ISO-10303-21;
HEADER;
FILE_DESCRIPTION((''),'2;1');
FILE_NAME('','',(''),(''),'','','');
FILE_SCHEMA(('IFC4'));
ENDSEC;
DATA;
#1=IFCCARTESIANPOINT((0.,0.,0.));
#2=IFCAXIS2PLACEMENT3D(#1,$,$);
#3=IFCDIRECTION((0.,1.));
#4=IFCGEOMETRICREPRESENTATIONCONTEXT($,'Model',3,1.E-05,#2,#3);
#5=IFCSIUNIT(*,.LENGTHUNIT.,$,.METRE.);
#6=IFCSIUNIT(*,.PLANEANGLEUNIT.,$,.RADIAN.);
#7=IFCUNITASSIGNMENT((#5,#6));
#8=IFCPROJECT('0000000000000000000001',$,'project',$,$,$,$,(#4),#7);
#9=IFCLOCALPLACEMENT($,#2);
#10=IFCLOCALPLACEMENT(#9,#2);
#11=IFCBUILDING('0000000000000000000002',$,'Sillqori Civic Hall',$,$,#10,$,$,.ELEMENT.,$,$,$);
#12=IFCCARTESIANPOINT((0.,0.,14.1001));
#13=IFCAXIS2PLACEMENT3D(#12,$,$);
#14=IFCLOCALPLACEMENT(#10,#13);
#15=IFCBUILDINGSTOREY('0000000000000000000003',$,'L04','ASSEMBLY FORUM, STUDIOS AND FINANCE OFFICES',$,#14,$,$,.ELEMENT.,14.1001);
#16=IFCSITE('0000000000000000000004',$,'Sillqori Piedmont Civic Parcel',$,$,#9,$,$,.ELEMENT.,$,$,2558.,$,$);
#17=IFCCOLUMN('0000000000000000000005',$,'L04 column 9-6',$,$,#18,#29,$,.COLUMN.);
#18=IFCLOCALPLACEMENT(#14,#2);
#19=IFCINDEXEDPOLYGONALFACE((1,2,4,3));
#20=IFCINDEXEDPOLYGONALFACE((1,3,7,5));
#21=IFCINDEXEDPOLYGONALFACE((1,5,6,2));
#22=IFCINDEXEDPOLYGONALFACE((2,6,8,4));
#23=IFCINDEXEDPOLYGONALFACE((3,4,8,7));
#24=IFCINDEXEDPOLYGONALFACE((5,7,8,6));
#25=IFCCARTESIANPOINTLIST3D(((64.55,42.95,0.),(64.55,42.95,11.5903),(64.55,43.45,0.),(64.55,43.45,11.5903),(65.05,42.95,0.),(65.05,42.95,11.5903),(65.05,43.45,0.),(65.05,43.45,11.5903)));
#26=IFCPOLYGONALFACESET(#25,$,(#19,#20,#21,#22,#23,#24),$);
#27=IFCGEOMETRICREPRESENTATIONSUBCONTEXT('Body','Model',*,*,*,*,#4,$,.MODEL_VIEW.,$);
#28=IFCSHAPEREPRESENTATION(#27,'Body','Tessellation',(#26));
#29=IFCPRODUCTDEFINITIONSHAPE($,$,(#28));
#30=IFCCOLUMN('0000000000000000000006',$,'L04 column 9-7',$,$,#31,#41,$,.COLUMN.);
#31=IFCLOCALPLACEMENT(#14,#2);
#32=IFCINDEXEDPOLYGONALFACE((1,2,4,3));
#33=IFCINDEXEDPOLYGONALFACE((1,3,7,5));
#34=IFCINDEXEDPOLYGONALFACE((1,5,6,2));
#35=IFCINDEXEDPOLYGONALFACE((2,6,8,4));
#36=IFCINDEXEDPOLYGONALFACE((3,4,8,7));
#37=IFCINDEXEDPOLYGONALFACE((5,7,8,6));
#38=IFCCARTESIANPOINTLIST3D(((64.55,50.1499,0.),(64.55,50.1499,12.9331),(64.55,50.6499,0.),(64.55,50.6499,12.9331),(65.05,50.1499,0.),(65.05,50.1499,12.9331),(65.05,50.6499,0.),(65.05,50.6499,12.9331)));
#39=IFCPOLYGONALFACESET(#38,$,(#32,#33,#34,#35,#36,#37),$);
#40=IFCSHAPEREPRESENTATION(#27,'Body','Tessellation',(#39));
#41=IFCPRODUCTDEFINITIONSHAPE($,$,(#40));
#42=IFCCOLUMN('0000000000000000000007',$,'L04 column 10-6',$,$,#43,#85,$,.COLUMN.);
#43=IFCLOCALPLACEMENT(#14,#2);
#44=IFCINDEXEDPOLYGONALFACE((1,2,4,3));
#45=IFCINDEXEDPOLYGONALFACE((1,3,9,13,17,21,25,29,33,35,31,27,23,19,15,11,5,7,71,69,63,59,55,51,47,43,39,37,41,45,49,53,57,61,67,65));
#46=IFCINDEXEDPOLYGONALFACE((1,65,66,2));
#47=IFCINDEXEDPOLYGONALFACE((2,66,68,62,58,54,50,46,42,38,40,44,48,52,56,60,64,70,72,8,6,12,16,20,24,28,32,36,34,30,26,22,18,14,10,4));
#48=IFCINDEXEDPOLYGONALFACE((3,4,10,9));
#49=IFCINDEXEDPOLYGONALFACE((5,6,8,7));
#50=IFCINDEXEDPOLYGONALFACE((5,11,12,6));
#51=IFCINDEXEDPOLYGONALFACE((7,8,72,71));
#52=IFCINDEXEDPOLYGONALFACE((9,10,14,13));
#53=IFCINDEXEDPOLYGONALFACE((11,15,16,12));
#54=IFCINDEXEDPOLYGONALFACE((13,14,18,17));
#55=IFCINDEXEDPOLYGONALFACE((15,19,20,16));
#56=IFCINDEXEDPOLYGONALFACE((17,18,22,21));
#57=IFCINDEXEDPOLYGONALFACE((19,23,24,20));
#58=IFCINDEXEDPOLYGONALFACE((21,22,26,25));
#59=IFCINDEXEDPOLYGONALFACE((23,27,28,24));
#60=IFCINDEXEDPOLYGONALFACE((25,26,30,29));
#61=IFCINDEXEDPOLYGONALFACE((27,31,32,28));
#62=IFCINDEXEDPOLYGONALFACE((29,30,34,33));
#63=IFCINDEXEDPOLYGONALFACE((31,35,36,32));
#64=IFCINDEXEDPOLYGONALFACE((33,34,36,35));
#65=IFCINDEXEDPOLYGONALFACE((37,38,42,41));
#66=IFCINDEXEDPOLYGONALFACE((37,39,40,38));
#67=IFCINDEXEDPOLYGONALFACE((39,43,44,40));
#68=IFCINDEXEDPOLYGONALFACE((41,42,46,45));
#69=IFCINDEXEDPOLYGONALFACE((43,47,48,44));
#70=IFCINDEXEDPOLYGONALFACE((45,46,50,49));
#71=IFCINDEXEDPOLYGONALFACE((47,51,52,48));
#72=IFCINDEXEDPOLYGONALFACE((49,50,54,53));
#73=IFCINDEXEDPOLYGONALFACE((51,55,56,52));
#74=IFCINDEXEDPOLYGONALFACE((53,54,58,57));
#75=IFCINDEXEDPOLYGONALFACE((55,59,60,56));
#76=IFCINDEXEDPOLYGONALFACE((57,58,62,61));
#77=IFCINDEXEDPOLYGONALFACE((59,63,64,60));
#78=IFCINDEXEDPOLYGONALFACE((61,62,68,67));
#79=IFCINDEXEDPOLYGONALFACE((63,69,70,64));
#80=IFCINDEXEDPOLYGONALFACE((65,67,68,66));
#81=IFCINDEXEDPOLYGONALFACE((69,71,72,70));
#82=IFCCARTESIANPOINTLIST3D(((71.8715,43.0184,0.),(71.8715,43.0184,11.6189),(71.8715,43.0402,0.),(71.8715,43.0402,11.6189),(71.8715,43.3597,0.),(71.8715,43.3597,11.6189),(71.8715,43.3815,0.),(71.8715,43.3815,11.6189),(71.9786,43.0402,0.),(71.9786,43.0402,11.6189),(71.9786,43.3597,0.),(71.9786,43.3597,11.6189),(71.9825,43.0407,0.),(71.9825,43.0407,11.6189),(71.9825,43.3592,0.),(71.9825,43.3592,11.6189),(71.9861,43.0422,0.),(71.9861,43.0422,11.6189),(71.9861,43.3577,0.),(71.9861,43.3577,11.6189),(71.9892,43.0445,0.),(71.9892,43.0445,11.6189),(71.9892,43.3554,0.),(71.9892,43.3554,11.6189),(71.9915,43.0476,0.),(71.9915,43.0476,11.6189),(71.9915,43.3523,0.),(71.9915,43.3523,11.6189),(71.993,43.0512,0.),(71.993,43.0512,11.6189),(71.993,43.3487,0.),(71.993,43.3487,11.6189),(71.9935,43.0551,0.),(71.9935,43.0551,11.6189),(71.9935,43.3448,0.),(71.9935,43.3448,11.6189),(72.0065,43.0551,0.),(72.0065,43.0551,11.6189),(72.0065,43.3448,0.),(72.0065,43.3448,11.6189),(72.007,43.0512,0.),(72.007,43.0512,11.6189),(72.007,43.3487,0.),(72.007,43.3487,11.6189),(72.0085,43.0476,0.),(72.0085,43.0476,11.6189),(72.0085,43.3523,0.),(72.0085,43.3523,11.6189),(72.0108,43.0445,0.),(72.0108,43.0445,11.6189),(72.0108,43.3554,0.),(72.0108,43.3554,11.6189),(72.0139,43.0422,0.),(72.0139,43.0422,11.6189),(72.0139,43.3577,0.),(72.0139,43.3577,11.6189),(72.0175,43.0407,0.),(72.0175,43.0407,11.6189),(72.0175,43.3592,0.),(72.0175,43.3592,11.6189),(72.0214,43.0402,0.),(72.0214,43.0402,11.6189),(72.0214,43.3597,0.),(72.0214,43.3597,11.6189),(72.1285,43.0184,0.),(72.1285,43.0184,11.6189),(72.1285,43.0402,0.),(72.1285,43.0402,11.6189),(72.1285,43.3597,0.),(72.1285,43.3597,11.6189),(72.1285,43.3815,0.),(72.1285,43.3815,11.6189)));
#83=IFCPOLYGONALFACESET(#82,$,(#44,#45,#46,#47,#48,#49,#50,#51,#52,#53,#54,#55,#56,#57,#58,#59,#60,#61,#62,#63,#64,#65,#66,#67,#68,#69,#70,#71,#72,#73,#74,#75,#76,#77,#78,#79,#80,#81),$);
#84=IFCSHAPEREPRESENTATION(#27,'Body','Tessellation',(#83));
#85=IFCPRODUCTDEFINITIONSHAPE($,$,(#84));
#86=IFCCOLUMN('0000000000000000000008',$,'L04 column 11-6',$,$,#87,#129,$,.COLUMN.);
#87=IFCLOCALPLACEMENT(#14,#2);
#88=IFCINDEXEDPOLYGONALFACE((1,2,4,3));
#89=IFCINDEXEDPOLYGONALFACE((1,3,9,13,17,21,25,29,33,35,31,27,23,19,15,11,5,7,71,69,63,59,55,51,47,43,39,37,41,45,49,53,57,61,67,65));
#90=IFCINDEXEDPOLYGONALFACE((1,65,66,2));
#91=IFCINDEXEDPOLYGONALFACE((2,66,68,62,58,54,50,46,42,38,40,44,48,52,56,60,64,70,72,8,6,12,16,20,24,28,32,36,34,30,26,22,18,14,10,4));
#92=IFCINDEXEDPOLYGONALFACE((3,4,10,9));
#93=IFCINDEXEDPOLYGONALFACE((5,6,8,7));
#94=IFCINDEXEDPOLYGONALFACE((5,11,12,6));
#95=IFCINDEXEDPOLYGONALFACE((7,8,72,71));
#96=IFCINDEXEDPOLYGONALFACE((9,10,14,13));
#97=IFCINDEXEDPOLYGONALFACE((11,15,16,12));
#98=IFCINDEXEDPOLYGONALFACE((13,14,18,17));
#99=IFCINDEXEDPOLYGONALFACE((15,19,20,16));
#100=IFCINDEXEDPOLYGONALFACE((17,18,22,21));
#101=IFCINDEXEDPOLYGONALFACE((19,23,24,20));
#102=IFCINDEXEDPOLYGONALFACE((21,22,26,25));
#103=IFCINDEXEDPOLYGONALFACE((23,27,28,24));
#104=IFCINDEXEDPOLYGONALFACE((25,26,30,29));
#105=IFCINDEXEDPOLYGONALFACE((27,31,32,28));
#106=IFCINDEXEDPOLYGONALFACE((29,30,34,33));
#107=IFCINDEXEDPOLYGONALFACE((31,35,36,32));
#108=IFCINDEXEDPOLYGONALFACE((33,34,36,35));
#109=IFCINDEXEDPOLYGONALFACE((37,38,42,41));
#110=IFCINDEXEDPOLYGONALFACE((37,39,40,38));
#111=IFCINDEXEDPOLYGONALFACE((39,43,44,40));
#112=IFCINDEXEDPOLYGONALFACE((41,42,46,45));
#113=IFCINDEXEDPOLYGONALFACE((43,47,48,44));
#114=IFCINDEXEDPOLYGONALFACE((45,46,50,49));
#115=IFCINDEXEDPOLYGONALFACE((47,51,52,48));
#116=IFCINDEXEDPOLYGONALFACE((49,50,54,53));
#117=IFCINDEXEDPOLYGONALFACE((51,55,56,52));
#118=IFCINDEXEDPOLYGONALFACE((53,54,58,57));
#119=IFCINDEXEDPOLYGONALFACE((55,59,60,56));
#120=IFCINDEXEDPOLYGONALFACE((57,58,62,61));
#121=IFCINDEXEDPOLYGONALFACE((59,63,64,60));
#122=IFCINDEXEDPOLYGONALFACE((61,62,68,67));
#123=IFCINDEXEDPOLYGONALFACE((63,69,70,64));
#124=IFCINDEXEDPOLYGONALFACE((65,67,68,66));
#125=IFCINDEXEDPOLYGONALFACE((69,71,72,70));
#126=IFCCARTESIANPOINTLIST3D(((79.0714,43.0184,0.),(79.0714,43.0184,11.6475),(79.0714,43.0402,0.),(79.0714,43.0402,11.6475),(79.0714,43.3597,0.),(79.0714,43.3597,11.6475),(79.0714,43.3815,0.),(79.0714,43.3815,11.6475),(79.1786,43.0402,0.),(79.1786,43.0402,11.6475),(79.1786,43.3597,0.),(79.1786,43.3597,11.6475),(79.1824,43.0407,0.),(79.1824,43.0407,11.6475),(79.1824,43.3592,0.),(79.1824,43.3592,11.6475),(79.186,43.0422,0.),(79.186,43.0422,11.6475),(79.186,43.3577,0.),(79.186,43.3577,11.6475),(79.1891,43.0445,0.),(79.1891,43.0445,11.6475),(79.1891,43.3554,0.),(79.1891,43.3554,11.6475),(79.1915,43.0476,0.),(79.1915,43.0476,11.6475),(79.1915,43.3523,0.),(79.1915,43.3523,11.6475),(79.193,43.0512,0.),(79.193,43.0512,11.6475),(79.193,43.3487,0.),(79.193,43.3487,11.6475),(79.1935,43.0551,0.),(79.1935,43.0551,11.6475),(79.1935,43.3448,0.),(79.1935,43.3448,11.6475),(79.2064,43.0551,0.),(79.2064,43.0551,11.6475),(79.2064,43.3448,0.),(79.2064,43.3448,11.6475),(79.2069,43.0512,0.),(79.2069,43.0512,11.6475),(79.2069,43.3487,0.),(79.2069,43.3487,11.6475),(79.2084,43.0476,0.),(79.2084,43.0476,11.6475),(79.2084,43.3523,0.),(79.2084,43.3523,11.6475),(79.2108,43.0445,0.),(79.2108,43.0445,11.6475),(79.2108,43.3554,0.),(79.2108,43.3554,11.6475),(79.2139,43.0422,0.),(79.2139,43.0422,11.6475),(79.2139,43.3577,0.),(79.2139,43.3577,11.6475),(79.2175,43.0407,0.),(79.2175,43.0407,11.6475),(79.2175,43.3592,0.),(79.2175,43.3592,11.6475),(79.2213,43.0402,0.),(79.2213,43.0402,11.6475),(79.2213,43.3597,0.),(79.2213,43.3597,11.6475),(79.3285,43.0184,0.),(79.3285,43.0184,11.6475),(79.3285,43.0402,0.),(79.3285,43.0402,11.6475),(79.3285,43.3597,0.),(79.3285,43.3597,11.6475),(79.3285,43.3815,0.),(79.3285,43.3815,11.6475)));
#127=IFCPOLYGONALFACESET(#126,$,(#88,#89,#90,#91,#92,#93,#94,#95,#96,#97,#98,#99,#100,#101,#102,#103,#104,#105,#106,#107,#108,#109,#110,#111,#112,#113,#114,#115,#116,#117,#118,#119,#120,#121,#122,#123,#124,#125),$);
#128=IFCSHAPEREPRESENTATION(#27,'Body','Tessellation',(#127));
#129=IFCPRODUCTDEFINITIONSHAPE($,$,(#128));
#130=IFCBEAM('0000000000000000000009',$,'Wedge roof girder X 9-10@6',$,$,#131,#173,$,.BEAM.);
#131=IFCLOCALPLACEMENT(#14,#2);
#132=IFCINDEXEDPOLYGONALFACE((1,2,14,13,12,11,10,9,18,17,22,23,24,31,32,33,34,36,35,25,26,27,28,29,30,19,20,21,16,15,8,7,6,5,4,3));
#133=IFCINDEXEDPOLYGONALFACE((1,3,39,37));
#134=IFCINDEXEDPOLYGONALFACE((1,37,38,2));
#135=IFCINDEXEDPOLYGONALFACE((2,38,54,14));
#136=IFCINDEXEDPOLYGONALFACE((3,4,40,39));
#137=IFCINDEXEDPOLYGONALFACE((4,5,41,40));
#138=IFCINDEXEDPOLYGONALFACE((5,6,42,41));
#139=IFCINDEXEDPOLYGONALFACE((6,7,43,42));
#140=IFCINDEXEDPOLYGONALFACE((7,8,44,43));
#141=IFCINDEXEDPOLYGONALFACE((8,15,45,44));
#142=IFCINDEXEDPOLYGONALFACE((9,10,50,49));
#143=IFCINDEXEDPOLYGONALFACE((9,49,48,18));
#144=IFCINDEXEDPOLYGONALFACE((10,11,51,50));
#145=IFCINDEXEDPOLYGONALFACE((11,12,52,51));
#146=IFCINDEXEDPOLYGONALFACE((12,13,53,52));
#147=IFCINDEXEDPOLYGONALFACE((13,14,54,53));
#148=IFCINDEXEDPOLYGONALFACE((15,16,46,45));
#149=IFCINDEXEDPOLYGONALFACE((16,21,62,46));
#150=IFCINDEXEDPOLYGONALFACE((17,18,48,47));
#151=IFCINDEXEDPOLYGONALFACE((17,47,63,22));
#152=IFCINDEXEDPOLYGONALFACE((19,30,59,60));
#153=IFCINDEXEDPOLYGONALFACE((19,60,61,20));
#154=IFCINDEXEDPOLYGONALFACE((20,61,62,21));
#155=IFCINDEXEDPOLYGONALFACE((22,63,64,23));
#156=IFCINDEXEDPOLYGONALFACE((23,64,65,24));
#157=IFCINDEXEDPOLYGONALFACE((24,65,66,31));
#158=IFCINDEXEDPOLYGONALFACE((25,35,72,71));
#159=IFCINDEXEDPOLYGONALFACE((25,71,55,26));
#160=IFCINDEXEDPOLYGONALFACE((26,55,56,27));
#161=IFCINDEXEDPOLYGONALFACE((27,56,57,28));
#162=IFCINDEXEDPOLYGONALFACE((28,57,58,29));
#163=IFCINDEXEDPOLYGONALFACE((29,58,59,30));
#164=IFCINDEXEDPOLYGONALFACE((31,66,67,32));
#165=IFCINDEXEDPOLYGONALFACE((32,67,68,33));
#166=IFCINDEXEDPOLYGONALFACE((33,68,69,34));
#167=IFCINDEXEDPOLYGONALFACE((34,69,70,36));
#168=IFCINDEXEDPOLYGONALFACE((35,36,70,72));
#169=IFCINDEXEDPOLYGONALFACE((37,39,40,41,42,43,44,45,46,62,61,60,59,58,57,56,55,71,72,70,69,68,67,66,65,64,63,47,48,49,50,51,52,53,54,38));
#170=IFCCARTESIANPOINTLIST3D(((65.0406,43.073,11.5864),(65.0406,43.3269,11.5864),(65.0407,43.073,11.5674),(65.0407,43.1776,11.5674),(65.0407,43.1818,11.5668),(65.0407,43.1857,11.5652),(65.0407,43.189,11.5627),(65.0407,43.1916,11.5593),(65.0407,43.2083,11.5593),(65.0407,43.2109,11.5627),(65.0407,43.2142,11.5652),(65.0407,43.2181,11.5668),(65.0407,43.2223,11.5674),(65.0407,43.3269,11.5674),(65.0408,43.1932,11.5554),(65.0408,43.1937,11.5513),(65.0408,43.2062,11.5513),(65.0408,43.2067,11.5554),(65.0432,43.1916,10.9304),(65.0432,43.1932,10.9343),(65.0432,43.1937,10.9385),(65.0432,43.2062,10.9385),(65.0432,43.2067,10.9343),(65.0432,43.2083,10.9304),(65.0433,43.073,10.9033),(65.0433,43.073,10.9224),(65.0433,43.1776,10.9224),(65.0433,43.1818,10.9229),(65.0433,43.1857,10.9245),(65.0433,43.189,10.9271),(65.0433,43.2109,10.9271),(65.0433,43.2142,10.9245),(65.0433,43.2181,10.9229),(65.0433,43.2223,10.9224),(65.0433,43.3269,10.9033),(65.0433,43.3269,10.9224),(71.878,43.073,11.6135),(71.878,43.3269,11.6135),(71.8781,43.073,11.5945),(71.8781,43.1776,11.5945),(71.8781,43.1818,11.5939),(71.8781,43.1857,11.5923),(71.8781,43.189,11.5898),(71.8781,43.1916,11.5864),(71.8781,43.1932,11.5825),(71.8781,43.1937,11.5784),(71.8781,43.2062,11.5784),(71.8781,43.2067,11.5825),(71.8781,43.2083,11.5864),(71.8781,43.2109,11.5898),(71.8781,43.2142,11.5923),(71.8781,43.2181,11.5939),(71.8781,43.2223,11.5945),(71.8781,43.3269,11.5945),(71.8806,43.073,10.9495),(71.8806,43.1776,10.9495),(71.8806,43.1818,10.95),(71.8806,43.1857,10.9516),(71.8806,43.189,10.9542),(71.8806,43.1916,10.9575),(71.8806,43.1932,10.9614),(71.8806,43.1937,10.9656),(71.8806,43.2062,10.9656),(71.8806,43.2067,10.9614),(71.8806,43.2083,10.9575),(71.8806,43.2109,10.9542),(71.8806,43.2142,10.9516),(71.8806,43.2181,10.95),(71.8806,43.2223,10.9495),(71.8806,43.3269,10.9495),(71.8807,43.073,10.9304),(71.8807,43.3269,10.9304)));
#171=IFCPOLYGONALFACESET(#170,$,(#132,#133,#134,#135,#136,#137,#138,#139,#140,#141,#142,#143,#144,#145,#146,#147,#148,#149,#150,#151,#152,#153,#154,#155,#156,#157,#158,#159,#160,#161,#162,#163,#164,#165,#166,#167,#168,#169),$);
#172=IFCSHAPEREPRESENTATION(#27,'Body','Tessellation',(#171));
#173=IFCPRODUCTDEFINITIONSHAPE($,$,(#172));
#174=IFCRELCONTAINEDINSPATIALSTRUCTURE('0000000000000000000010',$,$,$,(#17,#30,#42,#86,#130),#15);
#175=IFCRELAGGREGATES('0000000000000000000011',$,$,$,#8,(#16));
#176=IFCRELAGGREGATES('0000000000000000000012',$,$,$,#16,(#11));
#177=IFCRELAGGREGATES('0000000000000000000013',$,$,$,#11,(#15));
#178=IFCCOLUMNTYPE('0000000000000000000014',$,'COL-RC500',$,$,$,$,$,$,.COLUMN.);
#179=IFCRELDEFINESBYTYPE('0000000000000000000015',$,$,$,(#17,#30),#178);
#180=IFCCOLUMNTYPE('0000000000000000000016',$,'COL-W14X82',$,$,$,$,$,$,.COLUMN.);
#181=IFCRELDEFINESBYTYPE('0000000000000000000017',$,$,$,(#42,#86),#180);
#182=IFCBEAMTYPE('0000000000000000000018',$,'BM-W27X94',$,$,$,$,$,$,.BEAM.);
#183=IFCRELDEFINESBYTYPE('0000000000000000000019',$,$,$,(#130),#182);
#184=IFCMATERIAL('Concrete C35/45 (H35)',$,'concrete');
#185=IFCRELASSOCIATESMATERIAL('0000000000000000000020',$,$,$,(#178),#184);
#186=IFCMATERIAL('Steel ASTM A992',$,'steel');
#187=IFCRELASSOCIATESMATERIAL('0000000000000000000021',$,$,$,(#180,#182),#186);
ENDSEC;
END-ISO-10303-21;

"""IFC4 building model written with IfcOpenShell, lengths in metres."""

from ifc_helpers import new_model, si_unit, direction, frame, origin, origin_2d, place, context, subcontext, project, spatial, rectangle, i_section, extrude, material, material_profile, profile_set, type_object, element, save


model = new_model("IFC4")

# Units and contexts
model_context = context("Model", 3, precision=1e-05, world=origin(), true_north=direction((0.0, 1.0)))
body_context = subcontext(model_context, "Body", "Model", "MODEL_VIEW")
ifc_project = project(units=[si_unit("LENGTHUNIT", "METRE"), si_unit("PLANEANGLEUNIT", "RADIAN")], contexts=[model_context])

# Site, building, storey
site_placement = place(None, origin())
site = spatial("IfcSite", under=ifc_project, at=site_placement, Name="Sillqori Piedmont Civic Parcel", CompositionType="ELEMENT", RefElevation=2558.0)
building_placement = place(site_placement, origin())
building = spatial("IfcBuilding", under=site, at=building_placement, Name="Sillqori Civic Hall", CompositionType="ELEMENT")
storey_placement = place(building_placement, frame((0.0, 0.0, 14.1001)))
storey = spatial("IfcBuildingStorey", under=building, at=storey_placement, Name="L04", Description="ASSEMBLY FORUM, STUDIOS AND FINANCE OFFICES", CompositionType="ELEMENT", Elevation=14.1001)

# Columns
ifc_material_1 = material(Name="Concrete C35/45 (H35)", Category="concrete")
ifc_material_profile_1 = material_profile(ifc_material_1, rectangle(XDim=0.5, YDim=0.5, at=origin_2d()), Name="RC 500x500")
ifc_profile_set_1 = profile_set([ifc_material_profile_1], Name="Concrete C35/45 (H35)")
column_type_1 = type_object("IfcColumnType", Name="COL-RC500", PredefinedType="COLUMN", material=ifc_profile_set_1)
column_1_placement = place(storey_placement, frame((64.8, 43.2, 0.0), z_axis=(0.0, 0.0, 1.0), x_axis=(1.0, 0.0, 0.0)))
element("IfcColumn", 1, at=column_1_placement, inside=storey, type_object=column_type_1, Name="L04 column 9-6", PredefinedType="COLUMN", context=body_context, shape_type="SweptSolid", body=[
    extrude(rectangle(XDim=0.5, YDim=0.5, at=origin_2d()), origin(), (0.0, 0.0, 1.0), 11.5903),
])
column_2_placement = place(storey_placement, frame((64.8, 50.3999, 0.0), z_axis=(0.0, 0.0, 1.0), x_axis=(1.0, 0.0, 0.0)))
element("IfcColumn", 2, at=column_2_placement, inside=storey, type_object=column_type_1, Name="L04 column 9-7", PredefinedType="COLUMN", context=body_context, shape_type="SweptSolid", body=[
    extrude(rectangle(XDim=0.5, YDim=0.5, at=origin_2d()), origin(), (0.0, 0.0, 1.0), 12.9331),
])
ifc_material_2 = material(Name="Steel ASTM A992", Category="steel")
ifc_material_profile_2 = material_profile(ifc_material_2, i_section(OverallWidth=0.2571, OverallDepth=0.363, WebThickness=0.0129, FlangeThickness=0.0217, FilletRadius=0.0149, at=origin_2d()), Name="W14X82")
ifc_profile_set_2 = profile_set([ifc_material_profile_2], Name="Steel ASTM A992")
column_type_2 = type_object("IfcColumnType", Name="COL-W14X82", PredefinedType="COLUMN", material=ifc_profile_set_2)
column_3_placement = place(storey_placement, frame((72.0, 43.2, 0.0), z_axis=(0.0, 0.0, 1.0), x_axis=(1.0, 0.0, 0.0)))
element("IfcColumn", 3, at=column_3_placement, inside=storey, type_object=column_type_2, Name="L04 column 10-6", PredefinedType="COLUMN", context=body_context, shape_type="SweptSolid", body=[
    extrude(i_section(OverallWidth=0.2571, OverallDepth=0.363, WebThickness=0.0129, FlangeThickness=0.0217, FilletRadius=0.0149, at=origin_2d()), origin(), (0.0, 0.0, 1.0), 11.6189),
])
column_4_placement = place(storey_placement, frame((79.2, 43.2, 0.0), z_axis=(0.0, 0.0, 1.0), x_axis=(1.0, 0.0, 0.0)))
element("IfcColumn", 4, at=column_4_placement, inside=storey, type_object=column_type_2, Name="L04 column 11-6", PredefinedType="COLUMN", context=body_context, shape_type="SweptSolid", body=[
    extrude(i_section(OverallWidth=0.2571, OverallDepth=0.363, WebThickness=0.0129, FlangeThickness=0.0217, FilletRadius=0.0149, at=origin_2d()), origin(), (0.0, 0.0, 1.0), 11.6475),
])

# Beam
ifc_material_profile_3 = material_profile(ifc_material_2, i_section(OverallWidth=0.2539, OverallDepth=0.6831, WebThickness=0.0125, FlangeThickness=0.019, FilletRadius=0.0161, at=origin_2d()), Name="W27X94")
ifc_profile_set_3 = profile_set([ifc_material_profile_3], Name="Steel ASTM A992")
beam_type_1 = type_object("IfcBeamType", Name="BM-W27X94", PredefinedType="BEAM", material=ifc_profile_set_3)
beam_1_placement = place(storey_placement, frame((65.042, 43.2, 11.2449), z_axis=(0.999992, 0.0, 0.003963), x_axis=(0.0, 1.0, 0.0)))
element("IfcBeam", 5, at=beam_1_placement, inside=storey, type_object=beam_type_1, Name="Wedge roof girder X 9-10@6", PredefinedType="BEAM", context=body_context, shape_type="SweptSolid", body=[
    extrude(i_section(OverallWidth=0.2539, OverallDepth=0.6831, WebThickness=0.0125, FlangeThickness=0.019, FilletRadius=0.0161, at=origin_2d()), origin(), (0.0, 0.0, 1.0), 6.8374),
])

save(model, "model.ifc")
